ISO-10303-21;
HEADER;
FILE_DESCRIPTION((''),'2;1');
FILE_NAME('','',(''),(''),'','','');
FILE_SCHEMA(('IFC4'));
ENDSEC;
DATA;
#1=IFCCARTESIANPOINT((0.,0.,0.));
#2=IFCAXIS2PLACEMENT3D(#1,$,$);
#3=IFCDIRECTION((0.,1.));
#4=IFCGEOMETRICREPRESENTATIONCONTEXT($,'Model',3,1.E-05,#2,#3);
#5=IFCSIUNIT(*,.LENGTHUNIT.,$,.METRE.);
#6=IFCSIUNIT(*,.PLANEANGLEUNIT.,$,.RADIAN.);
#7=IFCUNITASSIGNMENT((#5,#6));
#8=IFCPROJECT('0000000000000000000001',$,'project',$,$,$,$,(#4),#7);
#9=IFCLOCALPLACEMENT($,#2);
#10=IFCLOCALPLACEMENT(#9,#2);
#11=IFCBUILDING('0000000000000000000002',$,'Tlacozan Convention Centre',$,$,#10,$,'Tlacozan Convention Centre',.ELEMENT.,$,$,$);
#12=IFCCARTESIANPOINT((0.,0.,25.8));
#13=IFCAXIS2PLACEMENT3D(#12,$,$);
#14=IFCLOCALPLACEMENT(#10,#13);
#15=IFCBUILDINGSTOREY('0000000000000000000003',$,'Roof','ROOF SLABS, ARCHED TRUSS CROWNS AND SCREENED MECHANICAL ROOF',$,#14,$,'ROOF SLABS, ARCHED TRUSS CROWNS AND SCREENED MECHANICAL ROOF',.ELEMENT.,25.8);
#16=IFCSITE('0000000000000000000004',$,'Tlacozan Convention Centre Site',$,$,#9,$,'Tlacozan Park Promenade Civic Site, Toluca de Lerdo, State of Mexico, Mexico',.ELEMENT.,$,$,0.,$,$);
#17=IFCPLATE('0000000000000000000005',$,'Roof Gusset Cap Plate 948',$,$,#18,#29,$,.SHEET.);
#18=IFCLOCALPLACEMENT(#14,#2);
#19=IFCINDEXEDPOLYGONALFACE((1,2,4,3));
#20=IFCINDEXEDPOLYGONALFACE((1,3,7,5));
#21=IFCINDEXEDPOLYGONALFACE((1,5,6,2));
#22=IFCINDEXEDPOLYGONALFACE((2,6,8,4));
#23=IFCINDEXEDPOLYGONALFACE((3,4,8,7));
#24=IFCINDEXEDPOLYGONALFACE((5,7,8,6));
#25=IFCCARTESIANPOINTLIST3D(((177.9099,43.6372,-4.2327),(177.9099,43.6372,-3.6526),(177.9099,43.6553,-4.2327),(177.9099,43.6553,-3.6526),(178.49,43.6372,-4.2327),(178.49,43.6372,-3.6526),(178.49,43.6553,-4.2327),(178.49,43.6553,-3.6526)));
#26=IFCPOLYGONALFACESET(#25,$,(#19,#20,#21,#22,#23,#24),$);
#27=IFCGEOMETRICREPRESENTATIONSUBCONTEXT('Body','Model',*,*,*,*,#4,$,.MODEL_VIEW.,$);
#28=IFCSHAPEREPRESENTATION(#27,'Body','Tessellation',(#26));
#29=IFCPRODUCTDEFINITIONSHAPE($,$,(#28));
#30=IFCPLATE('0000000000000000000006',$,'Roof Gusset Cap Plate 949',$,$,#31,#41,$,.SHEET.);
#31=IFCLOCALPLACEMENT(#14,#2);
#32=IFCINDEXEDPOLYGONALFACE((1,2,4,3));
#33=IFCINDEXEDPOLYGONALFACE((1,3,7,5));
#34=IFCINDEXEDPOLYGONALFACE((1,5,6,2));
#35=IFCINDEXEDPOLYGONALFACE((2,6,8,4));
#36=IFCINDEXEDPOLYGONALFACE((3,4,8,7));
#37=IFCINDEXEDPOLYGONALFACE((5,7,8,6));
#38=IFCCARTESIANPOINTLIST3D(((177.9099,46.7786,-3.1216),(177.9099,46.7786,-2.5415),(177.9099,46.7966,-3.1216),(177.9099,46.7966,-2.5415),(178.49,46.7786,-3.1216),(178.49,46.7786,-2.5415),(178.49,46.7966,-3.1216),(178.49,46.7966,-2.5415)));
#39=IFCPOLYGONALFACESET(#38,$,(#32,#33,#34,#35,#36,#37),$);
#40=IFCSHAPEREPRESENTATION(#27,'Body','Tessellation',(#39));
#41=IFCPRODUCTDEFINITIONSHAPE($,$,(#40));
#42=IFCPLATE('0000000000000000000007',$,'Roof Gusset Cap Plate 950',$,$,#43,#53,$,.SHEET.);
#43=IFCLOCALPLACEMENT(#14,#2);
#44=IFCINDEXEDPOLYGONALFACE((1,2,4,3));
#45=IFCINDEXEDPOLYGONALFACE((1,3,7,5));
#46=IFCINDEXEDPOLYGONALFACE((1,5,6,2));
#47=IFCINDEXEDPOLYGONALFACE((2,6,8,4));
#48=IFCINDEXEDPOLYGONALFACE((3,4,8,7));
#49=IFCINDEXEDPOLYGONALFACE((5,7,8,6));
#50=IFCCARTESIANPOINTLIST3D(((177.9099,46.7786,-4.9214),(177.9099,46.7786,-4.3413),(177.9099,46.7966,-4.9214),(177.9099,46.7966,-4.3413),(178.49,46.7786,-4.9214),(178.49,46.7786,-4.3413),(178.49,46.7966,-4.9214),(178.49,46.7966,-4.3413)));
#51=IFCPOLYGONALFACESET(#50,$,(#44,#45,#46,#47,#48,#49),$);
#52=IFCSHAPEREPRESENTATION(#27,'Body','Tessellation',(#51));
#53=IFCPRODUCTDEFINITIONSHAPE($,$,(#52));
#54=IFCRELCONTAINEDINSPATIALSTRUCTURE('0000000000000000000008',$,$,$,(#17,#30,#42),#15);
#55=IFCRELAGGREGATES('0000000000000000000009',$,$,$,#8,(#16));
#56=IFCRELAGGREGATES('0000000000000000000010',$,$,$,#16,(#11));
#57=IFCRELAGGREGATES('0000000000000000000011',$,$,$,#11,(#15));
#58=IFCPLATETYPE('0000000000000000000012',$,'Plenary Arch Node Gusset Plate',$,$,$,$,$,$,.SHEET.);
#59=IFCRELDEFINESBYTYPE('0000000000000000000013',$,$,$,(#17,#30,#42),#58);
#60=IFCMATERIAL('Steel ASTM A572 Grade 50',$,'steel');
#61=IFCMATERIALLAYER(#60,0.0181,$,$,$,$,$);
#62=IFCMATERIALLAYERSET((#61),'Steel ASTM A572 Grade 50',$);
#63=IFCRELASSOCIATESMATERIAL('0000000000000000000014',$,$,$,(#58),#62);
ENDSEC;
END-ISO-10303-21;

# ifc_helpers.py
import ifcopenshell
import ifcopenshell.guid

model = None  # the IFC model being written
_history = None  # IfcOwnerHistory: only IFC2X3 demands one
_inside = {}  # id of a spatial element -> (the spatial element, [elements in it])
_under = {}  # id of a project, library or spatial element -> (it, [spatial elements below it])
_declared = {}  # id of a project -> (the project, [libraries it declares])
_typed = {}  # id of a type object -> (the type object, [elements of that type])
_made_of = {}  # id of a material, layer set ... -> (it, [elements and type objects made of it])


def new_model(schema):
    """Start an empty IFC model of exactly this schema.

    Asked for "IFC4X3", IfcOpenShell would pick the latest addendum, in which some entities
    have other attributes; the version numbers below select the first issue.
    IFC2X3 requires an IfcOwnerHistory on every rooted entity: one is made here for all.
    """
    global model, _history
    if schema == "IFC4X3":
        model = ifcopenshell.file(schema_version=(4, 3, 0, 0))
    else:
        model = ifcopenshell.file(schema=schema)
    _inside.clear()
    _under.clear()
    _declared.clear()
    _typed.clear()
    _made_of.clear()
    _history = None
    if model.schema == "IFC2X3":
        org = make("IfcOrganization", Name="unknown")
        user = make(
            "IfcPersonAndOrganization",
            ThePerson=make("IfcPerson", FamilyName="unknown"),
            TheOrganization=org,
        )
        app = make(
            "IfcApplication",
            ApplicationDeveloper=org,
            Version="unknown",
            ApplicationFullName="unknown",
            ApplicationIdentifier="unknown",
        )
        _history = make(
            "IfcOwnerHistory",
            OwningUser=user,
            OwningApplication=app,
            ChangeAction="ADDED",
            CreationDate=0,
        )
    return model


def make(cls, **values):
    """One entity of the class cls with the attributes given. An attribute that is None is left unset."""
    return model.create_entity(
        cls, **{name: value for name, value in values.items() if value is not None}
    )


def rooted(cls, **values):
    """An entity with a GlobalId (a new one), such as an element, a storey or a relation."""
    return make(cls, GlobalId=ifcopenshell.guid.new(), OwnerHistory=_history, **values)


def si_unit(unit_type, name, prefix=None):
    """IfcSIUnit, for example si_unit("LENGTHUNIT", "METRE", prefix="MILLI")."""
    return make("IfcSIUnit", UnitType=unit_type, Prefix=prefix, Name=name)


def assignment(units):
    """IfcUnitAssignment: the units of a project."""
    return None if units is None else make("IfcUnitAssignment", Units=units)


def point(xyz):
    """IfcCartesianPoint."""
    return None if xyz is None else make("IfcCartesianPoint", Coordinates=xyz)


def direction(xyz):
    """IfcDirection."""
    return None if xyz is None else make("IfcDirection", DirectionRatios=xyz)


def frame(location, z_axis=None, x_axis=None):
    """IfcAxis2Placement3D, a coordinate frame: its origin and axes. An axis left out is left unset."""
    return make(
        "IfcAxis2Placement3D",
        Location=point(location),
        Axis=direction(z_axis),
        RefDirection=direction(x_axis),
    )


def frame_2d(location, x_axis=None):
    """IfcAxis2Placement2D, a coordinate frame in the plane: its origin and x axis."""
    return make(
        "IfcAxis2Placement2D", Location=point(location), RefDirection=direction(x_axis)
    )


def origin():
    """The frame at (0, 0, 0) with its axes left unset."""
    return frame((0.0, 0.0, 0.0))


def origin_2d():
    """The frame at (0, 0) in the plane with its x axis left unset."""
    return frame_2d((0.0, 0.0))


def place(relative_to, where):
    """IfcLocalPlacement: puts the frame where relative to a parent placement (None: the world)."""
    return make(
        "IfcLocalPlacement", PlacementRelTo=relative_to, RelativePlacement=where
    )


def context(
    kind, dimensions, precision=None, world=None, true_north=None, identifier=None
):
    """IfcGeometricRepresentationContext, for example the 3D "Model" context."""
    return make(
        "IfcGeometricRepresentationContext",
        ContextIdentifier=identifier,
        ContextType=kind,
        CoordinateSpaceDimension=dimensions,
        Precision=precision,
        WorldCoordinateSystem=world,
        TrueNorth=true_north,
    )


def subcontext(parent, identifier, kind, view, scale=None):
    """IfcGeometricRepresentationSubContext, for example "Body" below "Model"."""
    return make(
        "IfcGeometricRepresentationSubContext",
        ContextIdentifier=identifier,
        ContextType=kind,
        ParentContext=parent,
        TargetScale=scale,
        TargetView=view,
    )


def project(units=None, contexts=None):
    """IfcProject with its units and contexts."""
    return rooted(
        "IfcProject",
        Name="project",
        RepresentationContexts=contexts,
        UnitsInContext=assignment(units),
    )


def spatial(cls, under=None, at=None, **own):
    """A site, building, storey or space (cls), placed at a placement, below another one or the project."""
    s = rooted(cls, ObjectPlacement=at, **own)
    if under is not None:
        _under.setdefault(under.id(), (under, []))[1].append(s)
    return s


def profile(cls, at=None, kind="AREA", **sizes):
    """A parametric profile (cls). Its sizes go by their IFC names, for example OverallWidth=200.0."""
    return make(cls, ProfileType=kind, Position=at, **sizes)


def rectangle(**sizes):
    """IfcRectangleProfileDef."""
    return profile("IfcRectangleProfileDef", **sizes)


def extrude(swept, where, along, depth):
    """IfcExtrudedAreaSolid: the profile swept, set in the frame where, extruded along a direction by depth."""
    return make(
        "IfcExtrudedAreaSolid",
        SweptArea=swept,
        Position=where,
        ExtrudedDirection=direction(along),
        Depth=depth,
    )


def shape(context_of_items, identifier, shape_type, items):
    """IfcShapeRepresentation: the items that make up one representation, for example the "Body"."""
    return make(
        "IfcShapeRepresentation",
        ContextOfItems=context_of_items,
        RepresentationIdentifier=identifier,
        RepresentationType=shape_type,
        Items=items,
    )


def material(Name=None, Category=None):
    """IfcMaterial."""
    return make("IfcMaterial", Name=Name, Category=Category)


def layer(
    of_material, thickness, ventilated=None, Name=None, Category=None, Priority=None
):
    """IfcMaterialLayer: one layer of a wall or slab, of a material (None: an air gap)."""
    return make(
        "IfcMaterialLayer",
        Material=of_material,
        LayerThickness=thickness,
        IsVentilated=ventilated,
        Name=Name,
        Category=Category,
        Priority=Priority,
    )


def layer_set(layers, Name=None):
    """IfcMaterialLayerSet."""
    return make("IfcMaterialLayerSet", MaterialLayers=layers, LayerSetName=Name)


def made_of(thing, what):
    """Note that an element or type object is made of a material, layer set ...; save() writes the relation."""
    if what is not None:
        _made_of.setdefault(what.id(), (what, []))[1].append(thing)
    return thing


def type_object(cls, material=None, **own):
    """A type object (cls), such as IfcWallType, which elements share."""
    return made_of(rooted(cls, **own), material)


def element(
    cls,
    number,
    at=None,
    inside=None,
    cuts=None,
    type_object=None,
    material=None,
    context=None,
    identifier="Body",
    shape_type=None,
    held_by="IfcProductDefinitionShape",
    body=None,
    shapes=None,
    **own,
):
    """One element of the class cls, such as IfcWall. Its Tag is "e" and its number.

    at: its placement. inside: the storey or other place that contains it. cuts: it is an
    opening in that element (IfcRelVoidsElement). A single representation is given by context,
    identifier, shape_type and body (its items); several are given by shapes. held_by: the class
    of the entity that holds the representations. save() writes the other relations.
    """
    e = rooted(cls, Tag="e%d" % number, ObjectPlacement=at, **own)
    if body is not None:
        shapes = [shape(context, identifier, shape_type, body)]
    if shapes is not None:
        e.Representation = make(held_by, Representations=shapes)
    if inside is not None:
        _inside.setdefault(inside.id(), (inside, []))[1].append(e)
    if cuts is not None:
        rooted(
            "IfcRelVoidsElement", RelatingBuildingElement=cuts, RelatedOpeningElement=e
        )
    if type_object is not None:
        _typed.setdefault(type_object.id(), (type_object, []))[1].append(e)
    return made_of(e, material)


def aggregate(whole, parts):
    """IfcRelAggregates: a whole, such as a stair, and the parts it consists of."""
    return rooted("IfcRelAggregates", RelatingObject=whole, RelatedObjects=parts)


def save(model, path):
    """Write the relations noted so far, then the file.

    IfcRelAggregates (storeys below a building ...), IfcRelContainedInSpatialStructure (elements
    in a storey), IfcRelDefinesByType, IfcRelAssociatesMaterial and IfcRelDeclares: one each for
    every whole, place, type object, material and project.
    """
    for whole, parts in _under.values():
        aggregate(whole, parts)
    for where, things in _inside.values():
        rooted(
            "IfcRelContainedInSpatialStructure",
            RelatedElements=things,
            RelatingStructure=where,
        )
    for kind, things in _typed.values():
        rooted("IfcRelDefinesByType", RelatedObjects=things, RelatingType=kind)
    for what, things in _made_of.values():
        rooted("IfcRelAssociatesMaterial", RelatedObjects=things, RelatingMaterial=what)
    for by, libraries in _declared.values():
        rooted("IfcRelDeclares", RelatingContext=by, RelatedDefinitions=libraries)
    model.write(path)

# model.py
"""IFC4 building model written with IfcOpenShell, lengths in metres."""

from ifc_helpers import new_model, si_unit, direction, frame, origin, origin_2d, place, context, subcontext, project, spatial, rectangle, extrude, material, layer, layer_set, type_object, element, save


model = new_model("IFC4")

# Units and contexts
model_context = context("Model", 3, precision=1e-05, world=origin(), true_north=direction((0.0, 1.0)))
body_context = subcontext(model_context, "Body", "Model", "MODEL_VIEW")
ifc_project = project(units=[si_unit("LENGTHUNIT", "METRE"), si_unit("PLANEANGLEUNIT", "RADIAN")], contexts=[model_context])

# Site, building, storey
site_placement = place(None, origin())
site = spatial("IfcSite", under=ifc_project, at=site_placement, Name="Tlacozan Convention Centre Site", LongName="Tlacozan Park Promenade Civic Site, Toluca de Lerdo, State of Mexico, Mexico", CompositionType="ELEMENT", RefElevation=0.0)
building_placement = place(site_placement, origin())
building = spatial("IfcBuilding", under=site, at=building_placement, Name="Tlacozan Convention Centre", LongName="Tlacozan Convention Centre", CompositionType="ELEMENT")
storey_placement = place(building_placement, frame((0.0, 0.0, 25.8)))
storey = spatial("IfcBuildingStorey", under=building, at=storey_placement, Name="Roof", Description="ROOF SLABS, ARCHED TRUSS CROWNS AND SCREENED MECHANICAL ROOF", LongName="ROOF SLABS, ARCHED TRUSS CROWNS AND SCREENED MECHANICAL ROOF", CompositionType="ELEMENT", Elevation=25.8)

# Plates
ifc_material_1 = material(Name="Steel ASTM A572 Grade 50", Category="steel")
ifc_layer = layer(ifc_material_1, 0.0181)
ifc_layer_set = layer_set([ifc_layer], Name="Steel ASTM A572 Grade 50")
plate_type = type_object("IfcPlateType", Name="Plenary Arch Node Gusset Plate", PredefinedType="SHEET", material=ifc_layer_set)
for number, where, z_axis, x_axis, name in (
    (1, (178.2, 43.6462, -4.2327), (0.0, 0.0, 1.0), (0.0, 1.0, 0.0), "Roof Gusset Cap Plate 948"),
    (2, (178.2, 46.7876, -3.1216), (0.0, 0.0, 1.0), (0.0, 1.0, 0.0), "Roof Gusset Cap Plate 949"),
    (3, (178.2, 46.7876, -4.9214), (0.0, 0.0, 1.0), (0.0, 1.0, 0.0), "Roof Gusset Cap Plate 950"),
):
    element("IfcPlate", number, at=place(storey_placement, frame(where, z_axis=z_axis, x_axis=x_axis)), inside=storey, type_object=plate_type, Name=name, PredefinedType="SHEET", context=body_context, shape_type="SweptSolid", body=[
        extrude(rectangle(XDim=0.0181, YDim=0.5801, at=origin_2d()), origin(), (0.0, 0.0, 1.0), 0.5801),
    ])

save(model, "model.ifc")
